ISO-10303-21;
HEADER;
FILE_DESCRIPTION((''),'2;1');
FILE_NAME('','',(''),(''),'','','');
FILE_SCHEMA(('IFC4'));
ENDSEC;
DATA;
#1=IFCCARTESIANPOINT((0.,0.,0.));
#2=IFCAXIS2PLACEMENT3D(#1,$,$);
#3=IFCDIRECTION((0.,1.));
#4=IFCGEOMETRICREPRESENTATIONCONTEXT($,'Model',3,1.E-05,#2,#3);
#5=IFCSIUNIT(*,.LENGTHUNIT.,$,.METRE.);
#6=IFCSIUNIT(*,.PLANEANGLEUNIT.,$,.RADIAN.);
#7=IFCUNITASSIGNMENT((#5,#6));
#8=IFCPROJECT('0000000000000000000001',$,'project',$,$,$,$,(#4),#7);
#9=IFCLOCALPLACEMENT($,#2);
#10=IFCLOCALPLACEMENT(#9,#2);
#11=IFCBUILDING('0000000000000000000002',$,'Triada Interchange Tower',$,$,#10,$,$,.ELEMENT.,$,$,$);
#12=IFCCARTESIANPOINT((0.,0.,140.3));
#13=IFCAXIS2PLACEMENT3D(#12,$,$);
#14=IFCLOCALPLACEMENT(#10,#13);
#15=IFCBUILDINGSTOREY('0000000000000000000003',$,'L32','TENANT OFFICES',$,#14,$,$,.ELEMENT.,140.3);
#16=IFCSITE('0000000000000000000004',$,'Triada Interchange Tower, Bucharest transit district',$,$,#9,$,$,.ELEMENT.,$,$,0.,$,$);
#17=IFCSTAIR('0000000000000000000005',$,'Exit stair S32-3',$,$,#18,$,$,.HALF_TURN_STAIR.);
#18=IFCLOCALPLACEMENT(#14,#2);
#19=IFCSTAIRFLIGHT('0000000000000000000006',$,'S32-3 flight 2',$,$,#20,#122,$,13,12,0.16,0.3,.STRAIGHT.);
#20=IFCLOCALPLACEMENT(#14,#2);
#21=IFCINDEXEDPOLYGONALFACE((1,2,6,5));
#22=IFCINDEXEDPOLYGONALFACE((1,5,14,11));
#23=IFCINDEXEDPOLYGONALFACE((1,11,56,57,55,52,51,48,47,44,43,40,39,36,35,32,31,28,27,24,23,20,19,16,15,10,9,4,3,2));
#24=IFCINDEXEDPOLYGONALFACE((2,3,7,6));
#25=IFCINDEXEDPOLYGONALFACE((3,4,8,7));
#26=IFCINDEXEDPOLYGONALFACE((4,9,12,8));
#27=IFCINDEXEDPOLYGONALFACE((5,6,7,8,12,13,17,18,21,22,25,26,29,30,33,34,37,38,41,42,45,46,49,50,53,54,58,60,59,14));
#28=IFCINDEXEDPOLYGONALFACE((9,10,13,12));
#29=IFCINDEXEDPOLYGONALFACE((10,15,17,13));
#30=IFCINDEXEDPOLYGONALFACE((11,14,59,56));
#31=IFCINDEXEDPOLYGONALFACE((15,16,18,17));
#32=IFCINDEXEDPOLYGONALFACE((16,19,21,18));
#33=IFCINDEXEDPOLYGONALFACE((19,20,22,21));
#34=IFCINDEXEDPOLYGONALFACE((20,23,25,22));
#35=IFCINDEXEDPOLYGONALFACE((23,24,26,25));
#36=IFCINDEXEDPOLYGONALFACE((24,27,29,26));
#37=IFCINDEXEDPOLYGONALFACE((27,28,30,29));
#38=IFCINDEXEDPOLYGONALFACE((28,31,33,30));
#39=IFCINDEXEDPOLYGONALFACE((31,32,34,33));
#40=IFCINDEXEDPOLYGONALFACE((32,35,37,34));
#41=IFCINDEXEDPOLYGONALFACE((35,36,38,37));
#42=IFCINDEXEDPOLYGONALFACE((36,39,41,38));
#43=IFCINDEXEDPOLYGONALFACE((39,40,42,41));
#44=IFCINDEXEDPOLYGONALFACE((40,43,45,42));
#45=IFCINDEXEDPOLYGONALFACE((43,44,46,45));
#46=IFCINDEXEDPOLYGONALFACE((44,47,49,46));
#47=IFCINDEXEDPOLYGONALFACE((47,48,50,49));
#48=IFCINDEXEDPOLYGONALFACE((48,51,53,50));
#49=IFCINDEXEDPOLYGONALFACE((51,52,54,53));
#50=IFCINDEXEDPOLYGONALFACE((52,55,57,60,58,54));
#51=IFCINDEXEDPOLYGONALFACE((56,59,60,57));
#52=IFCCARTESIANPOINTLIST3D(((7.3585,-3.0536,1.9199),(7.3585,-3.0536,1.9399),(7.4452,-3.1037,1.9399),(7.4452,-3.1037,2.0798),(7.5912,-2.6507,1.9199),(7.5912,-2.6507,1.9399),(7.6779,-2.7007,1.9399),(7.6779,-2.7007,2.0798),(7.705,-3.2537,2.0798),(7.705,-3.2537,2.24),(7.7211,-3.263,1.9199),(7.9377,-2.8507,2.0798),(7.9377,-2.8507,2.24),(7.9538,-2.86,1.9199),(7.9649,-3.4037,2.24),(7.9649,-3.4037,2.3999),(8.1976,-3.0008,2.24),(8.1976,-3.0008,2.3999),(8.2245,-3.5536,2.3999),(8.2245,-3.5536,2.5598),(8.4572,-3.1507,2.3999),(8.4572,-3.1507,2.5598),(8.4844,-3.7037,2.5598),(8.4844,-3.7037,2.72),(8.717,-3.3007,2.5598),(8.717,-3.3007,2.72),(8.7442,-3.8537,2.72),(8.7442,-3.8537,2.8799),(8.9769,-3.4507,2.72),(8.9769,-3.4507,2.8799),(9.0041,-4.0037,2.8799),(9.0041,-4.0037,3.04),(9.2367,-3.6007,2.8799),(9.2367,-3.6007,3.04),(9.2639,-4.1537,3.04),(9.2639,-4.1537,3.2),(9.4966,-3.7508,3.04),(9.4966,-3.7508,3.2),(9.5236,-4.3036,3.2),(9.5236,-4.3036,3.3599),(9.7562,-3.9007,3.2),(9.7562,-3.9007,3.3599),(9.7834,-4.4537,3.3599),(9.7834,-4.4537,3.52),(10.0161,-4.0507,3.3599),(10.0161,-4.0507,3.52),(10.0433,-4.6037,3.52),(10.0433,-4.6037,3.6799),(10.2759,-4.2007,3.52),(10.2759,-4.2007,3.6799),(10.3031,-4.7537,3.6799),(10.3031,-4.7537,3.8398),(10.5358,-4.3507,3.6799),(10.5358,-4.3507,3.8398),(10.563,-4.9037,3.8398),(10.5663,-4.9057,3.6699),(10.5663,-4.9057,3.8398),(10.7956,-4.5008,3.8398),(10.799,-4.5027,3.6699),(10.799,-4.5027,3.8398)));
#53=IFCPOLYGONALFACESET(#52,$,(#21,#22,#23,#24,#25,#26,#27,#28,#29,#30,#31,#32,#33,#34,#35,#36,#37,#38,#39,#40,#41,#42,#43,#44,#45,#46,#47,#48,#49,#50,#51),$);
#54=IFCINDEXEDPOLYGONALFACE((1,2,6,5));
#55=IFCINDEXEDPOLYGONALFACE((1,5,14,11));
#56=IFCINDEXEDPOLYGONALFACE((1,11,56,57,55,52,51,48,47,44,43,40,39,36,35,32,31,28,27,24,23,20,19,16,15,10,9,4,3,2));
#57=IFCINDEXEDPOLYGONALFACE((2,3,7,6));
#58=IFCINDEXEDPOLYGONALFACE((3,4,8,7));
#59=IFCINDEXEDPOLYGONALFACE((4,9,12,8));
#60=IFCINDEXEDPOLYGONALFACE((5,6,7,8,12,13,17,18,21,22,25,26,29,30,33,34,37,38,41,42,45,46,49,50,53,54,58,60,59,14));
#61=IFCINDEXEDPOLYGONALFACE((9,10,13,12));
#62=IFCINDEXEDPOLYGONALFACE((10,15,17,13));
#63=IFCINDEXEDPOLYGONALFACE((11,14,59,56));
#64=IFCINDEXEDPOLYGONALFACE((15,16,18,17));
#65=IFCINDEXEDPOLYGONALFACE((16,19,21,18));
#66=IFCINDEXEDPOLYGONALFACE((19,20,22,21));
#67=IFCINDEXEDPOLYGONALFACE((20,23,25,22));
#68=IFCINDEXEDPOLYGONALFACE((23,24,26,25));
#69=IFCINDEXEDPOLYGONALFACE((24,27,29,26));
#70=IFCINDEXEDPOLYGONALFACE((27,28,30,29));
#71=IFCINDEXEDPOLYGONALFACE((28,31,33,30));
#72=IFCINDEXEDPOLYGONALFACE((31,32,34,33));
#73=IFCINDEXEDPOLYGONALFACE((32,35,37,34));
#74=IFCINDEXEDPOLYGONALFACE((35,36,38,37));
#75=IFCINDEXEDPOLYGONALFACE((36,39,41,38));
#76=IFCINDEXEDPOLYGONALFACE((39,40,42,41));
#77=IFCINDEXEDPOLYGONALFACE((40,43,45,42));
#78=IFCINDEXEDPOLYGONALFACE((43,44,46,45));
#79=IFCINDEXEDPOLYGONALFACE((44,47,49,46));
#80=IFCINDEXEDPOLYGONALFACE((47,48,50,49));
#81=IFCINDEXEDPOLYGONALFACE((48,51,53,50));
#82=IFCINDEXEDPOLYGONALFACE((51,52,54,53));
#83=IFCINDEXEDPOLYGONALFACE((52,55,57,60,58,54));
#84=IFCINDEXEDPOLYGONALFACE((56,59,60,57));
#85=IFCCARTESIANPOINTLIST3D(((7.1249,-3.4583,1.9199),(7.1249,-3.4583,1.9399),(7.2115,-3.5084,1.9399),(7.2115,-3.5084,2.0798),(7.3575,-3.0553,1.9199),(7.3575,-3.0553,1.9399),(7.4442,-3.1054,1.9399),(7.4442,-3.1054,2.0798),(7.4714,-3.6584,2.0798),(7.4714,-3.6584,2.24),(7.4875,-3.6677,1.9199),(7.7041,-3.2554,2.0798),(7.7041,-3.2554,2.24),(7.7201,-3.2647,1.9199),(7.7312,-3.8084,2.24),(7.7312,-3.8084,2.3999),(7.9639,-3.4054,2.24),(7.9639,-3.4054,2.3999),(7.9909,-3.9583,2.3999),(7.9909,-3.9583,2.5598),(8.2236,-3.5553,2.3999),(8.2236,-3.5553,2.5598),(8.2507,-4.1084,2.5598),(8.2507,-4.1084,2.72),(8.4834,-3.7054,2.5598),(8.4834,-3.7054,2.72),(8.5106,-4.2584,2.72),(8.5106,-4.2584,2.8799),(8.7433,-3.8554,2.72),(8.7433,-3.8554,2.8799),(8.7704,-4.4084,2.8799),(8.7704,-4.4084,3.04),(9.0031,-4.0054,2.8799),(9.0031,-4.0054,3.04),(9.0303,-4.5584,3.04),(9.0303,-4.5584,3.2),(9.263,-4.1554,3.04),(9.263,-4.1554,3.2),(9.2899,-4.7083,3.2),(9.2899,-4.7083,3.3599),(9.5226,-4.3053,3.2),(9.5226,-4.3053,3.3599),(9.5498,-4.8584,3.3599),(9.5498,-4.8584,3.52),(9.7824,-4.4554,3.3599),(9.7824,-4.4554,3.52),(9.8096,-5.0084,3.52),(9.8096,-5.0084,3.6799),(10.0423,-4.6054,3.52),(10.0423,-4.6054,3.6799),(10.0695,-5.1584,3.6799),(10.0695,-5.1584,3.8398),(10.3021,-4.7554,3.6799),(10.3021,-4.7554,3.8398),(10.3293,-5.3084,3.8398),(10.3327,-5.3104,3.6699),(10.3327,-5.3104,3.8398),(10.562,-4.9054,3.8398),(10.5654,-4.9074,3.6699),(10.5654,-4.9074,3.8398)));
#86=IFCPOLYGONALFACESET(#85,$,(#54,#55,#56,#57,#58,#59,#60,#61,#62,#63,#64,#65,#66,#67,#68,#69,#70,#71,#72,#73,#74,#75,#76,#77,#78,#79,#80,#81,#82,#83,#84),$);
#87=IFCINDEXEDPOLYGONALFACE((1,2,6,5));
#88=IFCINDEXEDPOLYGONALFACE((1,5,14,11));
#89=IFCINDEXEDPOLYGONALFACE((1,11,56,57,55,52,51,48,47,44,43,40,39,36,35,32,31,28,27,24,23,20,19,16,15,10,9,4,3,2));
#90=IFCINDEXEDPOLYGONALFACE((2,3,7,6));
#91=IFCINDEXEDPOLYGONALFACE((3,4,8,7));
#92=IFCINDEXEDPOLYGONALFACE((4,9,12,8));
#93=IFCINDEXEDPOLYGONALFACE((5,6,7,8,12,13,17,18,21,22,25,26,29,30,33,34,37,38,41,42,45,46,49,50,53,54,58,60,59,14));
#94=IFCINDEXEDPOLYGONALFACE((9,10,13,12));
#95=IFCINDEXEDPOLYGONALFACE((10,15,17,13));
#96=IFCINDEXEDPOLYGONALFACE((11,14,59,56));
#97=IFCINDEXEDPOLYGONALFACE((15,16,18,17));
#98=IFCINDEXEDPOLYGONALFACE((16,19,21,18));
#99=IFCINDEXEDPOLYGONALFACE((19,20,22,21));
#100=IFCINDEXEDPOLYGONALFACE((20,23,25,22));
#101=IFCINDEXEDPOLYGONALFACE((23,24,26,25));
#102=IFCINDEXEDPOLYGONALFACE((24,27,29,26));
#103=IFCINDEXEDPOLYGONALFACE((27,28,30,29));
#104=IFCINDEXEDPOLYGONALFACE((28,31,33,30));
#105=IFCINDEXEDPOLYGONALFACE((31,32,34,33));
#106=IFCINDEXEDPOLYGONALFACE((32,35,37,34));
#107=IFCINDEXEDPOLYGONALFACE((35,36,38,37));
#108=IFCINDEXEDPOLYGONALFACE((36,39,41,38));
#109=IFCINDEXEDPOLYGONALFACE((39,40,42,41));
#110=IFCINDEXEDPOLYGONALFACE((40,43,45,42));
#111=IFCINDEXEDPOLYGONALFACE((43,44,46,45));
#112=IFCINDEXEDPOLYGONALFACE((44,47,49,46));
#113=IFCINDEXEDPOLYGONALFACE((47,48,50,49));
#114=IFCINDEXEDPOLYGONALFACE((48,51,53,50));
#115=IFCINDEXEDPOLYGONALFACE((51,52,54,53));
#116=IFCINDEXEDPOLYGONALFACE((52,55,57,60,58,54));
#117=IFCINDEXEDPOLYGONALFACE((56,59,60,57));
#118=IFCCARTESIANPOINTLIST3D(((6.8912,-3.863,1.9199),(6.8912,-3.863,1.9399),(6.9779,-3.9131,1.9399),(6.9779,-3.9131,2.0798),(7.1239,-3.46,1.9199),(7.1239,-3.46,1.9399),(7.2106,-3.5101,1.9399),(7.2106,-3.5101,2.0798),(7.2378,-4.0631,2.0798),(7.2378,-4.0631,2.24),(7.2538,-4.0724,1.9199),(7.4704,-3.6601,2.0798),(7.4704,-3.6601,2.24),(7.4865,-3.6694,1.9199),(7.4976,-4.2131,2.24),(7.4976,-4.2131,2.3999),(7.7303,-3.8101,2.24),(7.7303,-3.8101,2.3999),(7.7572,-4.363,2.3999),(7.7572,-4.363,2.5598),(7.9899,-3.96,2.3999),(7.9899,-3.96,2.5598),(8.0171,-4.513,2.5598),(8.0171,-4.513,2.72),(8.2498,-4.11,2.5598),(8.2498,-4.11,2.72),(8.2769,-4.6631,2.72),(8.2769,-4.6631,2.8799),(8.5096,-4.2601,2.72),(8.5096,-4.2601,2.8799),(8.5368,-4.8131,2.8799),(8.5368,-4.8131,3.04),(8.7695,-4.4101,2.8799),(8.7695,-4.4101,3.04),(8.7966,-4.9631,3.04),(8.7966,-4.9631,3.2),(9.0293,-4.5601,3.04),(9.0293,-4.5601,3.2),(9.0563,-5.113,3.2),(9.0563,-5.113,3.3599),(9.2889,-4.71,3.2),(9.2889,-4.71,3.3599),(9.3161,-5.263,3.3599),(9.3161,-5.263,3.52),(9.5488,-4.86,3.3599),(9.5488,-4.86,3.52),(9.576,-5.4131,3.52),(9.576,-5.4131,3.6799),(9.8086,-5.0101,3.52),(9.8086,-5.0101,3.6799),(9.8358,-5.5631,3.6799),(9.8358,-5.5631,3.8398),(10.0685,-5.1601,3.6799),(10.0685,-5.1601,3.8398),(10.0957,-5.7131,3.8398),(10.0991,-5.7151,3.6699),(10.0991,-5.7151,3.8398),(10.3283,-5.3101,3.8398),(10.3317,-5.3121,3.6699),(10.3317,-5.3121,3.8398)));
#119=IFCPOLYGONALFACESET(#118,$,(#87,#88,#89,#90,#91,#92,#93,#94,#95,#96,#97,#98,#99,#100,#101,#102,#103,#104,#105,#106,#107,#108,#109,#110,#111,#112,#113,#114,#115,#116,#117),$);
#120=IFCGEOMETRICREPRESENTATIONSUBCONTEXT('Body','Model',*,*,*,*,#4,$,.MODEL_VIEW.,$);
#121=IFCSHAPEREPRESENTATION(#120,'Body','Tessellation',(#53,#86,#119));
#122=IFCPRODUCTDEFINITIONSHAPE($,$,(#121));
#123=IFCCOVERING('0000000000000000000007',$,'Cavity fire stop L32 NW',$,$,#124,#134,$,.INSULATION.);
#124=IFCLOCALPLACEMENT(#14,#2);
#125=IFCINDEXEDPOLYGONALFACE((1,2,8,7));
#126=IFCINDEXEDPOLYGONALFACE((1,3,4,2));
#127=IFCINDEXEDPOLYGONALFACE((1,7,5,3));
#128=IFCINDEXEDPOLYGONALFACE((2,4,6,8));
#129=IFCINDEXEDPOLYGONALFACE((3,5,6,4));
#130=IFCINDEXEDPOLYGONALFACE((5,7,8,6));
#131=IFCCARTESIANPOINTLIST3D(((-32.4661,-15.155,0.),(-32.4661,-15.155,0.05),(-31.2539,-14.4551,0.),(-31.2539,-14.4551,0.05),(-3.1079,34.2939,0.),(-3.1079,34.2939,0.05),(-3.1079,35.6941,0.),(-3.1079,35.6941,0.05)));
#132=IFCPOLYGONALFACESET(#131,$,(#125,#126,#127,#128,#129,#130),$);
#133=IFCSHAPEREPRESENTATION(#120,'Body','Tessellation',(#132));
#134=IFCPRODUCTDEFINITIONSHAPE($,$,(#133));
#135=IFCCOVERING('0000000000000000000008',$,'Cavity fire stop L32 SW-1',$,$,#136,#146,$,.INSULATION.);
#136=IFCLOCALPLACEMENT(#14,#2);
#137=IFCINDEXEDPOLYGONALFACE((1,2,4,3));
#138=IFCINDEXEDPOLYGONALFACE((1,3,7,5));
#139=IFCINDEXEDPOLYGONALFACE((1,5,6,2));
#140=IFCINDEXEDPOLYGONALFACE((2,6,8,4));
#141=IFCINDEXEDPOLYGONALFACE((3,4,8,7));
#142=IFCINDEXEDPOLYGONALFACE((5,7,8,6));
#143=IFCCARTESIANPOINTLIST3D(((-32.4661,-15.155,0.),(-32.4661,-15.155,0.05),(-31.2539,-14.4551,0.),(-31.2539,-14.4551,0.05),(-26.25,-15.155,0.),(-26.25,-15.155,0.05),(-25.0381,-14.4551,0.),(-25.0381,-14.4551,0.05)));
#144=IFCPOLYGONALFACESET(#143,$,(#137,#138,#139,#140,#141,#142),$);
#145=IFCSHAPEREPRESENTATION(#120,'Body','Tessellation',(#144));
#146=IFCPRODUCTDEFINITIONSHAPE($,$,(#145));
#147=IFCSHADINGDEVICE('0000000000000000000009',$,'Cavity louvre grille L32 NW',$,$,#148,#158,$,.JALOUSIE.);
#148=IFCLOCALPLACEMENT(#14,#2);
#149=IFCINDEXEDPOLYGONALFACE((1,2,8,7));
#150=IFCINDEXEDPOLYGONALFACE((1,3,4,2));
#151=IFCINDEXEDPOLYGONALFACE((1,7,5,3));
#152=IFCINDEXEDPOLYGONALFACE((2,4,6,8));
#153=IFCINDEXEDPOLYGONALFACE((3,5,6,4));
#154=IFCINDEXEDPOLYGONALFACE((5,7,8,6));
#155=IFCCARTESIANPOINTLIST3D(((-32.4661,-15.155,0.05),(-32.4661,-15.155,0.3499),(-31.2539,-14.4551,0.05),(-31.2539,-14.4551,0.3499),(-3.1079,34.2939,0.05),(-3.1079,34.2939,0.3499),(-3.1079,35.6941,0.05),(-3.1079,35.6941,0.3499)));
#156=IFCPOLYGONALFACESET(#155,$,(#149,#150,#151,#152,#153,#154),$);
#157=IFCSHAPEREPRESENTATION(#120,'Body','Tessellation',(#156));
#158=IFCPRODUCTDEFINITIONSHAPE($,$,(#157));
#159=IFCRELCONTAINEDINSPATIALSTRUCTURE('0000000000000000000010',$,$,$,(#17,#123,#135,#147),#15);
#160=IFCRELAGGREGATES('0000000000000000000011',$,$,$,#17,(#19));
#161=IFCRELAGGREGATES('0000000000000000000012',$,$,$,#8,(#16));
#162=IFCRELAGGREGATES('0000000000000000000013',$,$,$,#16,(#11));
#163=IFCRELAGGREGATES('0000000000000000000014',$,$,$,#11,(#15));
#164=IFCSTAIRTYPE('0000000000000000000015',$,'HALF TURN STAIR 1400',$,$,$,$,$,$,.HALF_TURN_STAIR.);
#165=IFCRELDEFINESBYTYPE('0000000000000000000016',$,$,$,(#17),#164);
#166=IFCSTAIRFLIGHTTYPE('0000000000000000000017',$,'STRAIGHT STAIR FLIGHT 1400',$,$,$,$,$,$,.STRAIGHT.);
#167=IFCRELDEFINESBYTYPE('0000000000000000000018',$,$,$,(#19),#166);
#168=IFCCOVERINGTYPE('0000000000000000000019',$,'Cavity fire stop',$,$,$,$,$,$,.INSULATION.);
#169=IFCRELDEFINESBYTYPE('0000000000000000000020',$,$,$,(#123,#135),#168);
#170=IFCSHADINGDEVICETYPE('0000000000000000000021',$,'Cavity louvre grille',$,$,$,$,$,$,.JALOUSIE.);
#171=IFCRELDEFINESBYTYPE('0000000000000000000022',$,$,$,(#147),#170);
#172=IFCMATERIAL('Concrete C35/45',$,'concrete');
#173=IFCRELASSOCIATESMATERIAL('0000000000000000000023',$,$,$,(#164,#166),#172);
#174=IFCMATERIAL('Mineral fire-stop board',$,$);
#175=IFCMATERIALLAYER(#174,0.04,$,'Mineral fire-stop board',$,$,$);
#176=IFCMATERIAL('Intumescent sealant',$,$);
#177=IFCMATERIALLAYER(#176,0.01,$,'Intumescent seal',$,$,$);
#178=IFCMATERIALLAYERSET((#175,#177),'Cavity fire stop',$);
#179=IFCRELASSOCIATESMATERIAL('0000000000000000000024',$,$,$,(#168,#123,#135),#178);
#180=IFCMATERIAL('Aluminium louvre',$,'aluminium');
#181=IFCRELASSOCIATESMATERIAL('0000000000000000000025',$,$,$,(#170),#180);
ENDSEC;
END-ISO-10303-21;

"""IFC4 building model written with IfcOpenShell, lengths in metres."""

from ifc_helpers import new_model, si_unit, direction, frame, origin, place, context, subcontext, project, spatial, polyline, outline, extrude, material, layer, layer_set, layer_usage, type_object, element, aggregate, save


model = new_model("IFC4")

# Units and contexts
model_context = context("Model", 3, precision=1e-05, world=origin(), true_north=direction((0.0, 1.0)))
body_context = subcontext(model_context, "Body", "Model", "MODEL_VIEW")
ifc_project = project(units=[si_unit("LENGTHUNIT", "METRE"), si_unit("PLANEANGLEUNIT", "RADIAN")], contexts=[model_context])

# Site, building, storey
site_placement = place(None, origin())
site = spatial("IfcSite", under=ifc_project, at=site_placement, Name="Triada Interchange Tower, Bucharest transit district", CompositionType="ELEMENT", RefElevation=0.0)
building_placement = place(site_placement, origin())
building = spatial("IfcBuilding", under=site, at=building_placement, Name="Triada Interchange Tower", CompositionType="ELEMENT")
storey_placement = place(building_placement, frame((0.0, 0.0, 140.3)))
storey = spatial("IfcBuildingStorey", under=building, at=storey_placement, Name="L32", Description="TENANT OFFICES", CompositionType="ELEMENT", Elevation=140.3)

# Stair, stair flight
ifc_material_1 = material(Name="Concrete C35/45", Category="concrete")
stair_type = type_object("IfcStairType", Name="HALF TURN STAIR 1400", PredefinedType="HALF_TURN_STAIR", material=ifc_material_1)
stair_placement = place(storey_placement, origin())
stair = element("IfcStair", 1, at=stair_placement, inside=storey, type_object=stair_type, Name="Exit stair S32-3", PredefinedType="HALF_TURN_STAIR")
stair_flight_type = type_object("IfcStairFlightType", Name="STRAIGHT STAIR FLIGHT 1400", PredefinedType="STRAIGHT", material=ifc_material_1)
stair_flight_1_placement = place(storey_placement, frame((7.3279, -3.3069, 1.9199), z_axis=(0.0, 0.0, 1.0), x_axis=(0.866025, -0.5, 0.0)))
stair_flight_1 = element("IfcStairFlight", 2, at=stair_flight_1_placement, type_object=stair_flight_type, Name="S32-3 flight 2", NumberOfRisers=13, NumberOfTreads=12, PredefinedType="STRAIGHT", RiserHeight=0.16, TreadLength=0.3, context=body_context, shape_type="SweptSolid", body=[
    extrude(outline(polyline([(-0.1001, 0.0), (-0.1001, 0.02), (0.0, 0.02), (0.0, 0.1599), (0.3, 0.1599), (0.3, 0.3201), (0.6001, 0.3201), (0.6001, 0.48), (0.8999, 0.48), (0.8999, 0.6399), (1.2, 0.6399), (1.2, 0.8), (1.5, 0.8), (1.5, 0.96), (1.8, 0.96), (1.8, 1.1201), (2.1001, 1.1201), (2.1001, 1.28), (2.3999, 1.28), (2.3999, 1.4399), (2.7, 1.4399), (2.7, 1.6001), (3.0, 1.6001), (3.0, 1.76), (3.3, 1.76), (3.3, 1.9199), (3.6001, 1.9199), (3.604, 1.9199), (3.604, 2.0801), (3.604, 1.75), (0.3186, 0.0), (-0.1001, 0.0)])), frame((0.0, 0.7, 0.0), z_axis=(0.0, -1.0, 0.0), x_axis=(1.0, 0.0, 0.0)), (0.0, 0.0, 1.0), 0.4653),
    extrude(outline(polyline([(-0.1001, 0.0), (-0.1001, 0.02), (0.0, 0.02), (0.0, 0.1599), (0.3, 0.1599), (0.3, 0.3201), (0.6001, 0.3201), (0.6001, 0.48), (0.8999, 0.48), (0.8999, 0.6399), (1.2, 0.6399), (1.2, 0.8), (1.5, 0.8), (1.5, 0.96), (1.8, 0.96), (1.8, 1.1201), (2.1001, 1.1201), (2.1001, 1.28), (2.3999, 1.28), (2.3999, 1.4399), (2.7, 1.4399), (2.7, 1.6001), (3.0, 1.6001), (3.0, 1.76), (3.3, 1.76), (3.3, 1.9199), (3.6001, 1.9199), (3.604, 1.9199), (3.604, 2.0801), (3.604, 1.75), (0.3186, 0.0), (-0.1001, 0.0)])), frame((0.0, 0.2327, 0.0), z_axis=(0.0, -1.0, 0.0), x_axis=(1.0, 0.0, 0.0)), (0.0, 0.0, 1.0), 0.4653),
    extrude(outline(polyline([(-0.1001, 0.0), (-0.1001, 0.02), (0.0, 0.02), (0.0, 0.1599), (0.3, 0.1599), (0.3, 0.3201), (0.6001, 0.3201), (0.6001, 0.48), (0.8999, 0.48), (0.8999, 0.6399), (1.2, 0.6399), (1.2, 0.8), (1.5, 0.8), (1.5, 0.96), (1.8, 0.96), (1.8, 1.1201), (2.1001, 1.1201), (2.1001, 1.28), (2.3999, 1.28), (2.3999, 1.4399), (2.7, 1.4399), (2.7, 1.6001), (3.0, 1.6001), (3.0, 1.76), (3.3, 1.76), (3.3, 1.9199), (3.6001, 1.9199), (3.604, 1.9199), (3.604, 2.0801), (3.604, 1.75), (0.3186, 0.0), (-0.1001, 0.0)])), frame((0.0, -0.2346, 0.0), z_axis=(0.0, -1.0, 0.0), x_axis=(1.0, 0.0, 0.0)), (0.0, 0.0, 1.0), 0.4653),
])

# Coverings
ifc_material_2 = material(Name="Mineral fire-stop board")
ifc_layer_1 = layer(ifc_material_2, 0.04, Name="Mineral fire-stop board")
ifc_material_3 = material(Name="Intumescent sealant")
ifc_layer_2 = layer(ifc_material_3, 0.01, Name="Intumescent seal")
ifc_layer_set_1 = layer_set([ifc_layer_1, ifc_layer_2], Name="Cavity fire stop")
ifc_layer_usage = layer_usage(ifc_layer_set_1, "AXIS3", "POSITIVE", 0.0)
covering_type = type_object("IfcCoveringType", Name="Cavity fire stop", PredefinedType="INSULATION", material=ifc_layer_set_1)
covering_1_placement = place(storey_placement, origin())
element("IfcCovering", 3, at=covering_1_placement, inside=storey, type_object=covering_type, material=ifc_layer_usage, Name="Cavity fire stop L32 NW", PredefinedType="INSULATION", context=body_context, shape_type="SweptSolid", body=[
    extrude(outline(polyline([(-3.1079, 34.2939), (-3.1079, 35.6941), (-32.4661, -15.155), (-31.2539, -14.4551), (-3.1079, 34.2939)])), origin(), (0.0, 0.0, 1.0), 0.05),
])
covering_2_placement = place(storey_placement, origin())
element("IfcCovering", 4, at=covering_2_placement, inside=storey, type_object=covering_type, material=ifc_layer_usage, Name="Cavity fire stop L32 SW-1", PredefinedType="INSULATION", context=body_context, shape_type="SweptSolid", body=[
    extrude(outline(polyline([(-31.2539, -14.4551), (-32.4661, -15.155), (-26.25, -15.155), (-25.0381, -14.4551), (-31.2539, -14.4551)])), origin(), (0.0, 0.0, 1.0), 0.05),
])

# Shading device
ifc_material_4 = material(Name="Aluminium louvre", Category="aluminium")
shading_device_type = type_object("IfcShadingDeviceType", Name="Cavity louvre grille", PredefinedType="JALOUSIE", material=ifc_material_4)
shading_device_placement = place(storey_placement, frame((0.0, 0.0, 0.05)))
element("IfcShadingDevice", 5, at=shading_device_placement, inside=storey, type_object=shading_device_type, Name="Cavity louvre grille L32 NW", PredefinedType="JALOUSIE", context=body_context, shape_type="SweptSolid", body=[
    extrude(outline(polyline([(-3.1079, 34.2939), (-3.1079, 35.6941), (-32.4661, -15.155), (-31.2539, -14.4551), (-3.1079, 34.2939)])), origin(), (0.0, 0.0, 1.0), 0.2998),
])

aggregate(stair, [stair_flight_1])

save(model, "model.ifc")
